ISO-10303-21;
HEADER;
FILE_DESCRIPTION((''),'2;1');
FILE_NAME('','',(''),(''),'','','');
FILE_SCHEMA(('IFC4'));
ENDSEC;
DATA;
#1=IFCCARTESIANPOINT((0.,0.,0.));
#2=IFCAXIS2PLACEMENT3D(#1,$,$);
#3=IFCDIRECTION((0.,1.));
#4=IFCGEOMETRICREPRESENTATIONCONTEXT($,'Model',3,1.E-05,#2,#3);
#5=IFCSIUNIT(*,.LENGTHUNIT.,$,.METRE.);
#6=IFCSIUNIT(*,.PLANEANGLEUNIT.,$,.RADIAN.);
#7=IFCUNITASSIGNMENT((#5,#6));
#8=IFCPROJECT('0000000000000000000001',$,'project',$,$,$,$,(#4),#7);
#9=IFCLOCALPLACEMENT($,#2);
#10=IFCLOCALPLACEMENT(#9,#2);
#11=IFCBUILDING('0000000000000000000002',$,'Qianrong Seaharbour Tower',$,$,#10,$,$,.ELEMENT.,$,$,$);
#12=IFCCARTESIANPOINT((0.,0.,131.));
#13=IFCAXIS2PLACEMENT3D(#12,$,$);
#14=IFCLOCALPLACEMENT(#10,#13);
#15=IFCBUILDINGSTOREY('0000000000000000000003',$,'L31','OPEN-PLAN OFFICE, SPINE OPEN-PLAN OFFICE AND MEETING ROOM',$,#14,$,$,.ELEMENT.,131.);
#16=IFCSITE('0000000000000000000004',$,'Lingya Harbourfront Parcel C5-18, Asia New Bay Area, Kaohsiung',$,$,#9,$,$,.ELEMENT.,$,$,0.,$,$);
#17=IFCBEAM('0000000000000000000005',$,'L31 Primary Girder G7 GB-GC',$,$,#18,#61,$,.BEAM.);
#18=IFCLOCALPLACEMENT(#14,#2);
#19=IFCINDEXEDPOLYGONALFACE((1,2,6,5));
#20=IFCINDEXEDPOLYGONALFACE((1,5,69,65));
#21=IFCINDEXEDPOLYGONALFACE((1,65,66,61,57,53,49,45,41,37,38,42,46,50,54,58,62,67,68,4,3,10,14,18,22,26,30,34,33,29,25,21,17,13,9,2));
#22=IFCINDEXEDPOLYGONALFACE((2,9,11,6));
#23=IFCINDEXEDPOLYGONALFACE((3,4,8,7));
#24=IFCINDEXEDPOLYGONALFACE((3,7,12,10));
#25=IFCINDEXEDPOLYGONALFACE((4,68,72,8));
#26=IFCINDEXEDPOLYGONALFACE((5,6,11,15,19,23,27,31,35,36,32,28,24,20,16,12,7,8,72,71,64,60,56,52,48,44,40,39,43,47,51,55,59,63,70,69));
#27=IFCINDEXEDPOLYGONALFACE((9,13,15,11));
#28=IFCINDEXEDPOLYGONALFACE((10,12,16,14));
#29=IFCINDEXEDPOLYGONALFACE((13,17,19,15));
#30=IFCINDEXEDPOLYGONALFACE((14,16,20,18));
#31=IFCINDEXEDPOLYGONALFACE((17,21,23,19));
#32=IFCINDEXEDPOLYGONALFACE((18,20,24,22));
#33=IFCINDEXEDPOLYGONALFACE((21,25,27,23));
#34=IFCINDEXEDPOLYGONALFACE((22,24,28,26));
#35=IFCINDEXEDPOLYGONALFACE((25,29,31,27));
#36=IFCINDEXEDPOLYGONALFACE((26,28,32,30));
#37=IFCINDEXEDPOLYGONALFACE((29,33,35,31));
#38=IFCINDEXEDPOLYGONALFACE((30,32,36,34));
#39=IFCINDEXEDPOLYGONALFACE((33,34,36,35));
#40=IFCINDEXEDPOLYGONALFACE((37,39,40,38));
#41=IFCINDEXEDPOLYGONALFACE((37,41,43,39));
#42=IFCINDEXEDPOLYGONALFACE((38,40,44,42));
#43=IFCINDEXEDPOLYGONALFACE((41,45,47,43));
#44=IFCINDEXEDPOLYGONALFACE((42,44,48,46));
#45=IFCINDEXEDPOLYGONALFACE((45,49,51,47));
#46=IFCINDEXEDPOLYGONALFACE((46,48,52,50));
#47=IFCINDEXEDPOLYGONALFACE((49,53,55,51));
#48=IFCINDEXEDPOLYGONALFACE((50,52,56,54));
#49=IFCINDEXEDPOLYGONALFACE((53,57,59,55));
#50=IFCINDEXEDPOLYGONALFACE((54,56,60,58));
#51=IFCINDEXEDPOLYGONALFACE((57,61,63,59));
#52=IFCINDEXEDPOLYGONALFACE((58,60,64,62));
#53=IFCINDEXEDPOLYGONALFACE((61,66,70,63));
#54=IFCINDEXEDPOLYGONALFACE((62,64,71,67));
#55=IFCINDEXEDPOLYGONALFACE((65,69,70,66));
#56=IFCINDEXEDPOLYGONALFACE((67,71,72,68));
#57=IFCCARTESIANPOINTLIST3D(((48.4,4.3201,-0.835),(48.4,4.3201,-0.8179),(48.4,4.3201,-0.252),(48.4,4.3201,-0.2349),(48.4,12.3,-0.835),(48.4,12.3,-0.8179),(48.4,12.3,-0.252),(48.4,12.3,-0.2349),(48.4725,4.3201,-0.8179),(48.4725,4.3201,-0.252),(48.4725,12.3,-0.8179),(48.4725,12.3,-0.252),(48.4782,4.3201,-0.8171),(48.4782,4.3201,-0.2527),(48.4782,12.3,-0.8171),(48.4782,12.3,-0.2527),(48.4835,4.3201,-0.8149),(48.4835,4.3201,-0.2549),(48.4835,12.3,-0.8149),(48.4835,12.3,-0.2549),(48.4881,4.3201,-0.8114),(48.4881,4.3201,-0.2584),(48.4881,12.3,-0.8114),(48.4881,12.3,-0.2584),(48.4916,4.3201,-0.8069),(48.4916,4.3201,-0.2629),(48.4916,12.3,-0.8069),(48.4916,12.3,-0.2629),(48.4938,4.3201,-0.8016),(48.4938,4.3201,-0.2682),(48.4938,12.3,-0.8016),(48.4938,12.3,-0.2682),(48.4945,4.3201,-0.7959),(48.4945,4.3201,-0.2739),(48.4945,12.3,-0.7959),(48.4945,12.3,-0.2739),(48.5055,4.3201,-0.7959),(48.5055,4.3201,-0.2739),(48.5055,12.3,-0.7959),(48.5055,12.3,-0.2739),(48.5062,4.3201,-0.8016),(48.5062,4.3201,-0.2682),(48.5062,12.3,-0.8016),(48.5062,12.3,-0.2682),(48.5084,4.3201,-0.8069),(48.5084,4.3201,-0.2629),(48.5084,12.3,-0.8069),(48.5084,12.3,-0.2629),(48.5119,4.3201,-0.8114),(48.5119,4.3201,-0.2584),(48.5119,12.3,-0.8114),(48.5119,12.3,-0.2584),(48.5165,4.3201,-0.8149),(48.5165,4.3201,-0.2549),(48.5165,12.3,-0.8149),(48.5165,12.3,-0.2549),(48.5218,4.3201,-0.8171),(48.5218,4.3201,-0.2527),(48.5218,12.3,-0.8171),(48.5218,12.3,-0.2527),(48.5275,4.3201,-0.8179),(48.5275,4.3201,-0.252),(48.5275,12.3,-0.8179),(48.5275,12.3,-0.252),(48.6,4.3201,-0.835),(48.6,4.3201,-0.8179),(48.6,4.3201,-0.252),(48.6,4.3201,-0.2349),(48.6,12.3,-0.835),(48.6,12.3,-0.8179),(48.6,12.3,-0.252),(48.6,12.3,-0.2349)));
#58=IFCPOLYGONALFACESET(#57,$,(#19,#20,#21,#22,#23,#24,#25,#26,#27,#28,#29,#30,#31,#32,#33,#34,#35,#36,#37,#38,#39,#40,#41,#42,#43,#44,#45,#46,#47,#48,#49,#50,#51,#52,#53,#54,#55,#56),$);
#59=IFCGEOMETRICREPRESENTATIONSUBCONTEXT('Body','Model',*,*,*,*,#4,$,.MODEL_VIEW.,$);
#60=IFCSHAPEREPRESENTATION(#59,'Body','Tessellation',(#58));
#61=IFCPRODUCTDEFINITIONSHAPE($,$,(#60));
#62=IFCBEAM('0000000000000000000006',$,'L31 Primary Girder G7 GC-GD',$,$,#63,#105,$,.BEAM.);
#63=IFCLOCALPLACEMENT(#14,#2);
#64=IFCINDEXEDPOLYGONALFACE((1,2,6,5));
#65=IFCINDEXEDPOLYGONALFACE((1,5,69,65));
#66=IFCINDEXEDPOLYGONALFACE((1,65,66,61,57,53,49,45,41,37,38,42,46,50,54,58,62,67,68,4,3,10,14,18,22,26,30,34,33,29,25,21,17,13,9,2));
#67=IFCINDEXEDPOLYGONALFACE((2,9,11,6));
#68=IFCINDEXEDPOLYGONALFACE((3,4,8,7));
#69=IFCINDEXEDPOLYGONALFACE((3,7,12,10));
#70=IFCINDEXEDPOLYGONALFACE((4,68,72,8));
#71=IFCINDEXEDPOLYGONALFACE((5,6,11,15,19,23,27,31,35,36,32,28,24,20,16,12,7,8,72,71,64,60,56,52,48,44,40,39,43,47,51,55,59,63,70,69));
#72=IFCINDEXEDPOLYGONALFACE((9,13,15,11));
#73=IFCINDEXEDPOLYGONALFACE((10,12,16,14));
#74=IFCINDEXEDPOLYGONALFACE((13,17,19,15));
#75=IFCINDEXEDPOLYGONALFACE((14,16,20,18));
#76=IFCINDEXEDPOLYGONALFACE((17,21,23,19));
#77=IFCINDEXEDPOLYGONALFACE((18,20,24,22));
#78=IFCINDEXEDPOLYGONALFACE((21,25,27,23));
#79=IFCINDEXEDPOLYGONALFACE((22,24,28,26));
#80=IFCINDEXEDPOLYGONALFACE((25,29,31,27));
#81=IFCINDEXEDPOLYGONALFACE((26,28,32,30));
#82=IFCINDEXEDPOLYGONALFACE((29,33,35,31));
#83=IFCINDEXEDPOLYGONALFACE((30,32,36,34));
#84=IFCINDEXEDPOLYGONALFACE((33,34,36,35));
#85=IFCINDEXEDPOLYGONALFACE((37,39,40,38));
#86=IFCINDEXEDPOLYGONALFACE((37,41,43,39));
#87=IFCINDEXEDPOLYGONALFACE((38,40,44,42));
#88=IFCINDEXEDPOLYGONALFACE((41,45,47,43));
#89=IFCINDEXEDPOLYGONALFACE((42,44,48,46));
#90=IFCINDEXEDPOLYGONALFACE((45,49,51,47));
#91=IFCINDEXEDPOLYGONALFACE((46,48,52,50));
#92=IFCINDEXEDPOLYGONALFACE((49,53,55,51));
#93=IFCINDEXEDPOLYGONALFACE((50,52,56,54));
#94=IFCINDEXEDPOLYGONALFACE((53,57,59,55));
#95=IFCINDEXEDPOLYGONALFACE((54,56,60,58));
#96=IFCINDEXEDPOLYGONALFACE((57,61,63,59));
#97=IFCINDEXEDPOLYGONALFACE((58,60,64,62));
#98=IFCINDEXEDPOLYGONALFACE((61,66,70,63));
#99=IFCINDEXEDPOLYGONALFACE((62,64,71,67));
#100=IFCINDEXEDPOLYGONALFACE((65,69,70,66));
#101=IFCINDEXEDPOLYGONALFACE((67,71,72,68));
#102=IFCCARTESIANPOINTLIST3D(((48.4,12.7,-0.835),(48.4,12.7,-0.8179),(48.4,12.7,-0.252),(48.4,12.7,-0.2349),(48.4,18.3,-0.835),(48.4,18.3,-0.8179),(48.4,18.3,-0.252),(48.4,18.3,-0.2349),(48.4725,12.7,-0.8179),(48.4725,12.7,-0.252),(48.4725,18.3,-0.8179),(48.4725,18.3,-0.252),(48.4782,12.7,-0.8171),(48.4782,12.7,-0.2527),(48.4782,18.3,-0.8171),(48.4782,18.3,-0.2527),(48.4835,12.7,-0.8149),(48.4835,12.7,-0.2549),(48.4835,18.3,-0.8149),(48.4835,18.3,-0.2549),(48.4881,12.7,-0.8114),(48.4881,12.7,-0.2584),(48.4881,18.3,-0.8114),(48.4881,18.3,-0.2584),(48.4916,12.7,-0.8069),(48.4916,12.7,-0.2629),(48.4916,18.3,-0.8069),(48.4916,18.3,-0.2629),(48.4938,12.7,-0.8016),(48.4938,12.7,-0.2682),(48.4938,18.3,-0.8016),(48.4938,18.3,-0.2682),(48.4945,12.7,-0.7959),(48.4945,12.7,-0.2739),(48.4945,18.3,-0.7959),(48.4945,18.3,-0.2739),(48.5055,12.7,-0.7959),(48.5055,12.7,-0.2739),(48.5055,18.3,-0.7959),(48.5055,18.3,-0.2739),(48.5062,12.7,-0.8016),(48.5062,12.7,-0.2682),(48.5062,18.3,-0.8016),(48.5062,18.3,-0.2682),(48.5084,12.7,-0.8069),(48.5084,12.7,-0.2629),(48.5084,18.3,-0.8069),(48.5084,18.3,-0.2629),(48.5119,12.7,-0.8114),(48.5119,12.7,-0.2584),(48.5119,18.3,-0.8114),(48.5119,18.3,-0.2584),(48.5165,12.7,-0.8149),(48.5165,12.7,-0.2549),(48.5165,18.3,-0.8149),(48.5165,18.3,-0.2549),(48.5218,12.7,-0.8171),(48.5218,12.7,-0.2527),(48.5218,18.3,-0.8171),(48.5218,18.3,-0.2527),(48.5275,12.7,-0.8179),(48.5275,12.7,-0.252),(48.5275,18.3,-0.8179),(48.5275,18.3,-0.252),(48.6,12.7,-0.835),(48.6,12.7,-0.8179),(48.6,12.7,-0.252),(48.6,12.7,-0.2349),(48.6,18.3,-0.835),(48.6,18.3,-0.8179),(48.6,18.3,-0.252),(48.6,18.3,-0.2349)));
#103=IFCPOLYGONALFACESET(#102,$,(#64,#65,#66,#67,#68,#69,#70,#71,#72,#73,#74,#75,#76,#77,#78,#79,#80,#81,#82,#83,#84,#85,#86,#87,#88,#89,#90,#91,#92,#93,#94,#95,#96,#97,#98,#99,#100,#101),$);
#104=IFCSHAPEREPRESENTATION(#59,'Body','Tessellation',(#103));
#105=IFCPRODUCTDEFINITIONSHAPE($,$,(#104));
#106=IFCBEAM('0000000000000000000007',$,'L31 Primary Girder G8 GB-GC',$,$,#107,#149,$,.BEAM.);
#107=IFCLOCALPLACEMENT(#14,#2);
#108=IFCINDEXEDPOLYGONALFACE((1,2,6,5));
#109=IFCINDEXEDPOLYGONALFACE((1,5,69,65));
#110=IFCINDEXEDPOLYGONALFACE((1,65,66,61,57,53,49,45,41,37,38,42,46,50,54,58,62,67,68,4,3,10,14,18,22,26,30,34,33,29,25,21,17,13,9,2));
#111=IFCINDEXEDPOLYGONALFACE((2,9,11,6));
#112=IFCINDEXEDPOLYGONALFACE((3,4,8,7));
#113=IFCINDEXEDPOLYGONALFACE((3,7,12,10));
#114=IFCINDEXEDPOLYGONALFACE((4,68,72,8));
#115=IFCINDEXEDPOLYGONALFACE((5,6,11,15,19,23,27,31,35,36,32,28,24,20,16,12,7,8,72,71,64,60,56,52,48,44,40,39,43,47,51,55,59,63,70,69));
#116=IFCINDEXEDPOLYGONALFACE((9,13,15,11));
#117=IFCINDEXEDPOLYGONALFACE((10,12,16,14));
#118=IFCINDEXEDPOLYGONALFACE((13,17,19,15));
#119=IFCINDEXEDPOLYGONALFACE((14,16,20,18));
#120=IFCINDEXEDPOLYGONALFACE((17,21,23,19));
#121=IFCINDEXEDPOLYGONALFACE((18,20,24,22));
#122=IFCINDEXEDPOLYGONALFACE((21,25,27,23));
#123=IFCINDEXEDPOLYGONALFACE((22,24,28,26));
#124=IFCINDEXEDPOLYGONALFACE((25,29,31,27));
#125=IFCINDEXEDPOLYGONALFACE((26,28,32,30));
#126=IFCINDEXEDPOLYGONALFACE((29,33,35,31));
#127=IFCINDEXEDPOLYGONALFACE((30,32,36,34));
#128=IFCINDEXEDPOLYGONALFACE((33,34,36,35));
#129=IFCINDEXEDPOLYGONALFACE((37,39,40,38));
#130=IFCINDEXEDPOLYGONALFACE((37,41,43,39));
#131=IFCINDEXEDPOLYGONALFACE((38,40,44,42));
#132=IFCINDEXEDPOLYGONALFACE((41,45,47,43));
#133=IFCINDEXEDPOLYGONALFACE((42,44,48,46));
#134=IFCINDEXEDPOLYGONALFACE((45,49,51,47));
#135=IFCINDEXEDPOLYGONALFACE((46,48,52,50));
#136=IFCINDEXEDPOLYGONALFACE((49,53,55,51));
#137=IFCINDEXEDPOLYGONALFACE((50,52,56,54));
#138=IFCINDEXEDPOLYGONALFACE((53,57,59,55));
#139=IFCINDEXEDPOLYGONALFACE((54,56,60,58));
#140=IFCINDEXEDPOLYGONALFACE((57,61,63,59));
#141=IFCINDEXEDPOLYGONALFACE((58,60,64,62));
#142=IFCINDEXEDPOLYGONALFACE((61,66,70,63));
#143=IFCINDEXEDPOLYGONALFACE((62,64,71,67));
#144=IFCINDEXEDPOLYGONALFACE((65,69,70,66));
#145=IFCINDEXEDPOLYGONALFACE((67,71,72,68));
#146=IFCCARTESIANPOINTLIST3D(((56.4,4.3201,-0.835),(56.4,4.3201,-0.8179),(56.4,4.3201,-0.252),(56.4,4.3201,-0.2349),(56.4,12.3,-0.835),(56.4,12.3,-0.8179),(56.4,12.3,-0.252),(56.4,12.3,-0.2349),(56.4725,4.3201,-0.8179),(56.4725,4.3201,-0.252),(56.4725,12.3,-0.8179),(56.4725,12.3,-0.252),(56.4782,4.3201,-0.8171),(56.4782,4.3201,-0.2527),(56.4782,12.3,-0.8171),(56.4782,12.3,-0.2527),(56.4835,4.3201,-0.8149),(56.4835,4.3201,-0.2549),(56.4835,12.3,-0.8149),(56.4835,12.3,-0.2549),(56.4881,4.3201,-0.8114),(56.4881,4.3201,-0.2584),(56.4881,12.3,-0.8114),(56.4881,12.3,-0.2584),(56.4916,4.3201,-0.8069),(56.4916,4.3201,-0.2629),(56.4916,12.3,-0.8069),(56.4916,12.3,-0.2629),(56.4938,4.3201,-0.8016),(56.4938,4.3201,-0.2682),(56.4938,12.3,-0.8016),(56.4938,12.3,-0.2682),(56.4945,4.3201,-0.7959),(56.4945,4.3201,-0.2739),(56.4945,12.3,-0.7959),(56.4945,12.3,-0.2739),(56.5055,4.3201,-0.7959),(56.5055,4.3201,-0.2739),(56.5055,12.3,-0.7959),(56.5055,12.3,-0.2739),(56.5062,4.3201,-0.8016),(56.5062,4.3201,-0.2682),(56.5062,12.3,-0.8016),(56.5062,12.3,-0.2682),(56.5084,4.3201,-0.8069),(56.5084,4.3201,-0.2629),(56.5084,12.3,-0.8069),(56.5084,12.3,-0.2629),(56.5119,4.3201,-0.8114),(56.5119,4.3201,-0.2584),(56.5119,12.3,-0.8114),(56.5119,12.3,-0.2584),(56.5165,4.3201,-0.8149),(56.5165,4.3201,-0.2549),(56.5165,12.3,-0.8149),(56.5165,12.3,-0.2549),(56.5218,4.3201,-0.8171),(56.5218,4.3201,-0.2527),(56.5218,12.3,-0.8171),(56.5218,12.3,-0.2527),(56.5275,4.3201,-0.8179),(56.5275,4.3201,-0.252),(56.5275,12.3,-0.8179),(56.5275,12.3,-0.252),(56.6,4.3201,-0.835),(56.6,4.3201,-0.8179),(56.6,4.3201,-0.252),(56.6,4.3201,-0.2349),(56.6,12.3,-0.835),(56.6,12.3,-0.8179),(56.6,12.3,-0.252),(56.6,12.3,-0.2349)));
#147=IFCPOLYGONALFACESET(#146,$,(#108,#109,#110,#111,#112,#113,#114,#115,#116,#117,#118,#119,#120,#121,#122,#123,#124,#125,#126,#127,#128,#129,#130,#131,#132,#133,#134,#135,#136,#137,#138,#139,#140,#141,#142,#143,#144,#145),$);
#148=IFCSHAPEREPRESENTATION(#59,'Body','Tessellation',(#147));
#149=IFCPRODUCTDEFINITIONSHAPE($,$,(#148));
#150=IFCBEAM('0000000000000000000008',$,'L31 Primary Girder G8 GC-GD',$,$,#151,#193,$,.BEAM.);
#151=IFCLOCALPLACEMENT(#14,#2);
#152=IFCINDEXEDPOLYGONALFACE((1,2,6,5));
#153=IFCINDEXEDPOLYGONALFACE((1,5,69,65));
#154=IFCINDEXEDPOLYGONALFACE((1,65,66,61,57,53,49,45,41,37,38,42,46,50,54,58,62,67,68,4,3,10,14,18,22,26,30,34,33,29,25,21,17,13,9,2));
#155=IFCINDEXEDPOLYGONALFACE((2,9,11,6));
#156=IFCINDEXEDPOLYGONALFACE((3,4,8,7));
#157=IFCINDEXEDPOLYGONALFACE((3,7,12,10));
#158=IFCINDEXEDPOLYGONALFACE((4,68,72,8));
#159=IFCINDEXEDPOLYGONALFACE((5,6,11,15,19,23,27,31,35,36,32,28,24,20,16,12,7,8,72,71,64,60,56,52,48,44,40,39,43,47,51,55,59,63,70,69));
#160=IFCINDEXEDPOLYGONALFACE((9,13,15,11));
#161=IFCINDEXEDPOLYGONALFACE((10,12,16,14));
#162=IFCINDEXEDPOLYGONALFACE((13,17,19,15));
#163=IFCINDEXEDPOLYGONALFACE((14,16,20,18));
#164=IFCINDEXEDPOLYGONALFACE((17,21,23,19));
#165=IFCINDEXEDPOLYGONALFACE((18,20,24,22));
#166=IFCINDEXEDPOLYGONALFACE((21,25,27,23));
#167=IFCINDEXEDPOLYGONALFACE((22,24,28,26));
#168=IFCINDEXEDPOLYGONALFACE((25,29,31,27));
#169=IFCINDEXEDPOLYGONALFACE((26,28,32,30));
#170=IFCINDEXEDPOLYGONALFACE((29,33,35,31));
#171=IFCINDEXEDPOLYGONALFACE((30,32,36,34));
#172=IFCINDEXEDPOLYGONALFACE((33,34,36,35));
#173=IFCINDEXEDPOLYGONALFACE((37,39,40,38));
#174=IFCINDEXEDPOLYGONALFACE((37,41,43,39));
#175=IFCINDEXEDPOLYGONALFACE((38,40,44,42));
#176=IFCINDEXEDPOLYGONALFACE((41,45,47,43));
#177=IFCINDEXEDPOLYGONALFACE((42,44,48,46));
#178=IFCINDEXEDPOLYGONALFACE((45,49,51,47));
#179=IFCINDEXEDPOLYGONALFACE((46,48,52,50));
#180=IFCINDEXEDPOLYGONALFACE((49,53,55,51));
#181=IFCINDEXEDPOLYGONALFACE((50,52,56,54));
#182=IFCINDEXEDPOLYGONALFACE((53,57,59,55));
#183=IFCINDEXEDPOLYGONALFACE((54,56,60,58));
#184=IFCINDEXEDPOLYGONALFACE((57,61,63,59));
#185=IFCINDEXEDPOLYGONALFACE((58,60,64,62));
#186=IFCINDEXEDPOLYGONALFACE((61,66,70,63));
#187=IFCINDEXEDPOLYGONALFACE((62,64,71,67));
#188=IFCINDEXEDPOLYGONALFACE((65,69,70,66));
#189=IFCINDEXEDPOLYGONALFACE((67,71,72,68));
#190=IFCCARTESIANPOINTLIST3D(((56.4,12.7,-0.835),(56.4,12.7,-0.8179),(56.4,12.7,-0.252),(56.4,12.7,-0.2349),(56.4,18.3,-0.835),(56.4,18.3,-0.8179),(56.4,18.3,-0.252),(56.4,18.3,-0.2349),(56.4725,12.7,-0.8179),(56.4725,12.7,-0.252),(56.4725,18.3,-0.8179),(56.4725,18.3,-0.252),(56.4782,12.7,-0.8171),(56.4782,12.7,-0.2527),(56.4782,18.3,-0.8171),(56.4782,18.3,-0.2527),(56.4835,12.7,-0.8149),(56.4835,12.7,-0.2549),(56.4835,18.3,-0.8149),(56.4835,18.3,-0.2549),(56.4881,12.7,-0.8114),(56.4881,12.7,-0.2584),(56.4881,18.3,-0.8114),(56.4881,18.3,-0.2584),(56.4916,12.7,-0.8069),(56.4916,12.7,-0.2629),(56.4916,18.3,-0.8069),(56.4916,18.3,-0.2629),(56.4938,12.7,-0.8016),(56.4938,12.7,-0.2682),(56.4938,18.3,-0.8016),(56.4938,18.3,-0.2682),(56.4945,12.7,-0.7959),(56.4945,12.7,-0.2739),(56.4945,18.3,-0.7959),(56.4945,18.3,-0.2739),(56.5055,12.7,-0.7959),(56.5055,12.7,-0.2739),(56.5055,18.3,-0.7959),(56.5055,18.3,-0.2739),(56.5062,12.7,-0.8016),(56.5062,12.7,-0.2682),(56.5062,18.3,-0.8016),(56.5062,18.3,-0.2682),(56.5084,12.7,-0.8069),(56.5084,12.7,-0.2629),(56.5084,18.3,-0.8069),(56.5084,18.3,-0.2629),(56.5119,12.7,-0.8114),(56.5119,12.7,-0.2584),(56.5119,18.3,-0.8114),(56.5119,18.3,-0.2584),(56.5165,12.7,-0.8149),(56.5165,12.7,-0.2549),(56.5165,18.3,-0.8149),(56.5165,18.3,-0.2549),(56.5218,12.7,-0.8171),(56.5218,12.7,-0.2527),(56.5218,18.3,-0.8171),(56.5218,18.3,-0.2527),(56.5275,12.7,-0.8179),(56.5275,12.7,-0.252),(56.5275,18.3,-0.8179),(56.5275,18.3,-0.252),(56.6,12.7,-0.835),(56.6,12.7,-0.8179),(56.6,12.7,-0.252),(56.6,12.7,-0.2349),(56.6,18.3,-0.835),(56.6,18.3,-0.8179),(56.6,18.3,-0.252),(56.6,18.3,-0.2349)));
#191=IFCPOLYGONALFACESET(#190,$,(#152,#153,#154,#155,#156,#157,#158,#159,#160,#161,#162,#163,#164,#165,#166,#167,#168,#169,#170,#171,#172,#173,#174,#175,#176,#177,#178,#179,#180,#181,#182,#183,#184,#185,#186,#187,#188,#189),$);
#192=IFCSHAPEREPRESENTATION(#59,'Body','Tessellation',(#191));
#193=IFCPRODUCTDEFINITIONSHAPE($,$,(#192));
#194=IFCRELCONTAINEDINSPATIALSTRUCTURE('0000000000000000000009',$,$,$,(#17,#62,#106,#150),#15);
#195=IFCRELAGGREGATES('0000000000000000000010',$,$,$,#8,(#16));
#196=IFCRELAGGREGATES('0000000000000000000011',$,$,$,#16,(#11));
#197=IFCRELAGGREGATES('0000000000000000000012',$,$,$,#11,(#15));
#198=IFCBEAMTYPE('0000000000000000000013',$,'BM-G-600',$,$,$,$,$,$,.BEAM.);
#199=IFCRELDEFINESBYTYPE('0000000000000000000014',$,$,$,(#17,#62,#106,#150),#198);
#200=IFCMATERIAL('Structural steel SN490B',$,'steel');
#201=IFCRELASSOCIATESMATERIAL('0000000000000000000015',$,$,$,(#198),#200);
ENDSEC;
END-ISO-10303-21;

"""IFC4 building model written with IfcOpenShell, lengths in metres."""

from ifc_helpers import new_model, si_unit, direction, frame, origin, origin_2d, place, context, subcontext, project, spatial, i_section, extrude, material, material_profile, profile_set, type_object, element, save


model = new_model("IFC4")

# Units and contexts
model_context = context("Model", 3, precision=1e-05, world=origin(), true_north=direction((0.0, 1.0)))
body_context = subcontext(model_context, "Body", "Model", "MODEL_VIEW")
ifc_project = project(units=[si_unit("LENGTHUNIT", "METRE"), si_unit("PLANEANGLEUNIT", "RADIAN")], contexts=[model_context])

# Site, building, storey
site_placement = place(None, origin())
site = spatial("IfcSite", under=ifc_project, at=site_placement, Name="Lingya Harbourfront Parcel C5-18, Asia New Bay Area, Kaohsiung", CompositionType="ELEMENT", RefElevation=0.0)
building_placement = place(site_placement, origin())
building = spatial("IfcBuilding", under=site, at=building_placement, Name="Qianrong Seaharbour Tower", CompositionType="ELEMENT")
storey_placement = place(building_placement, frame((0.0, 0.0, 131.0)))
storey = spatial("IfcBuildingStorey", under=building, at=storey_placement, Name="L31", Description="OPEN-PLAN OFFICE, SPINE OPEN-PLAN OFFICE AND MEETING ROOM", CompositionType="ELEMENT", Elevation=131.0)

# Shared definitions
ifc_material_1 = material(Name="Structural steel SN490B", Category="steel")

# Beams
ifc_material_profile_1 = material_profile(ifc_material_1, i_section(OverallWidth=0.2, OverallDepth=0.6001, WebThickness=0.011, FlangeThickness=0.0171, FilletRadius=0.022, at=origin_2d()), Name="H600x200x11x17")
ifc_profile_set_1 = profile_set([ifc_material_profile_1], Name="Structural steel SN490B")
beam_type_1 = type_object("IfcBeamType", Name="BM-G-600", PredefinedType="BEAM", material=ifc_profile_set_1)
beam_1_placement = place(storey_placement, frame((48.5, 4.3201, -0.5349), z_axis=(0.0, 1.0, 0.0), x_axis=(-1.0, 0.0, 0.0)))
element("IfcBeam", 1, at=beam_1_placement, inside=storey, type_object=beam_type_1, Name="L31 Primary Girder G7 GB-GC", PredefinedType="BEAM", context=body_context, shape_type="SweptSolid", body=[
    extrude(i_section(OverallWidth=0.2, OverallDepth=0.6001, WebThickness=0.011, FlangeThickness=0.0171, FilletRadius=0.022, at=origin_2d()), origin(), (0.0, 0.0, 1.0), 7.98),
])
beam_2_placement = place(storey_placement, frame((48.5, 12.7, -0.5349), z_axis=(0.0, 1.0, 0.0), x_axis=(-1.0, 0.0, 0.0)))
element("IfcBeam", 2, at=beam_2_placement, inside=storey, type_object=beam_type_1, Name="L31 Primary Girder G7 GC-GD", PredefinedType="BEAM", context=body_context, shape_type="SweptSolid", body=[
    extrude(i_section(OverallWidth=0.2, OverallDepth=0.6001, WebThickness=0.011, FlangeThickness=0.0171, FilletRadius=0.022, at=origin_2d()), origin(), (0.0, 0.0, 1.0), 5.6001),
])
beam_3_placement = place(storey_placement, frame((56.5, 4.3201, -0.5349), z_axis=(0.0, 1.0, 0.0), x_axis=(-1.0, 0.0, 0.0)))
element("IfcBeam", 3, at=beam_3_placement, inside=storey, type_object=beam_type_1, Name="L31 Primary Girder G8 GB-GC", PredefinedType="BEAM", context=body_context, shape_type="SweptSolid", body=[
    extrude(i_section(OverallWidth=0.2, OverallDepth=0.6001, WebThickness=0.011, FlangeThickness=0.0171, FilletRadius=0.022, at=origin_2d()), origin(), (0.0, 0.0, 1.0), 7.98),
])
beam_4_placement = place(storey_placement, frame((56.5, 12.7, -0.5349), z_axis=(0.0, 1.0, 0.0), x_axis=(-1.0, 0.0, 0.0)))
element("IfcBeam", 4, at=beam_4_placement, inside=storey, type_object=beam_type_1, Name="L31 Primary Girder G8 GC-GD", PredefinedType="BEAM", context=body_context, shape_type="SweptSolid", body=[
    extrude(i_section(OverallWidth=0.2, OverallDepth=0.6001, WebThickness=0.011, FlangeThickness=0.0171, FilletRadius=0.022, at=origin_2d()), origin(), (0.0, 0.0, 1.0), 5.6001),
])

save(model, "model.ifc")
